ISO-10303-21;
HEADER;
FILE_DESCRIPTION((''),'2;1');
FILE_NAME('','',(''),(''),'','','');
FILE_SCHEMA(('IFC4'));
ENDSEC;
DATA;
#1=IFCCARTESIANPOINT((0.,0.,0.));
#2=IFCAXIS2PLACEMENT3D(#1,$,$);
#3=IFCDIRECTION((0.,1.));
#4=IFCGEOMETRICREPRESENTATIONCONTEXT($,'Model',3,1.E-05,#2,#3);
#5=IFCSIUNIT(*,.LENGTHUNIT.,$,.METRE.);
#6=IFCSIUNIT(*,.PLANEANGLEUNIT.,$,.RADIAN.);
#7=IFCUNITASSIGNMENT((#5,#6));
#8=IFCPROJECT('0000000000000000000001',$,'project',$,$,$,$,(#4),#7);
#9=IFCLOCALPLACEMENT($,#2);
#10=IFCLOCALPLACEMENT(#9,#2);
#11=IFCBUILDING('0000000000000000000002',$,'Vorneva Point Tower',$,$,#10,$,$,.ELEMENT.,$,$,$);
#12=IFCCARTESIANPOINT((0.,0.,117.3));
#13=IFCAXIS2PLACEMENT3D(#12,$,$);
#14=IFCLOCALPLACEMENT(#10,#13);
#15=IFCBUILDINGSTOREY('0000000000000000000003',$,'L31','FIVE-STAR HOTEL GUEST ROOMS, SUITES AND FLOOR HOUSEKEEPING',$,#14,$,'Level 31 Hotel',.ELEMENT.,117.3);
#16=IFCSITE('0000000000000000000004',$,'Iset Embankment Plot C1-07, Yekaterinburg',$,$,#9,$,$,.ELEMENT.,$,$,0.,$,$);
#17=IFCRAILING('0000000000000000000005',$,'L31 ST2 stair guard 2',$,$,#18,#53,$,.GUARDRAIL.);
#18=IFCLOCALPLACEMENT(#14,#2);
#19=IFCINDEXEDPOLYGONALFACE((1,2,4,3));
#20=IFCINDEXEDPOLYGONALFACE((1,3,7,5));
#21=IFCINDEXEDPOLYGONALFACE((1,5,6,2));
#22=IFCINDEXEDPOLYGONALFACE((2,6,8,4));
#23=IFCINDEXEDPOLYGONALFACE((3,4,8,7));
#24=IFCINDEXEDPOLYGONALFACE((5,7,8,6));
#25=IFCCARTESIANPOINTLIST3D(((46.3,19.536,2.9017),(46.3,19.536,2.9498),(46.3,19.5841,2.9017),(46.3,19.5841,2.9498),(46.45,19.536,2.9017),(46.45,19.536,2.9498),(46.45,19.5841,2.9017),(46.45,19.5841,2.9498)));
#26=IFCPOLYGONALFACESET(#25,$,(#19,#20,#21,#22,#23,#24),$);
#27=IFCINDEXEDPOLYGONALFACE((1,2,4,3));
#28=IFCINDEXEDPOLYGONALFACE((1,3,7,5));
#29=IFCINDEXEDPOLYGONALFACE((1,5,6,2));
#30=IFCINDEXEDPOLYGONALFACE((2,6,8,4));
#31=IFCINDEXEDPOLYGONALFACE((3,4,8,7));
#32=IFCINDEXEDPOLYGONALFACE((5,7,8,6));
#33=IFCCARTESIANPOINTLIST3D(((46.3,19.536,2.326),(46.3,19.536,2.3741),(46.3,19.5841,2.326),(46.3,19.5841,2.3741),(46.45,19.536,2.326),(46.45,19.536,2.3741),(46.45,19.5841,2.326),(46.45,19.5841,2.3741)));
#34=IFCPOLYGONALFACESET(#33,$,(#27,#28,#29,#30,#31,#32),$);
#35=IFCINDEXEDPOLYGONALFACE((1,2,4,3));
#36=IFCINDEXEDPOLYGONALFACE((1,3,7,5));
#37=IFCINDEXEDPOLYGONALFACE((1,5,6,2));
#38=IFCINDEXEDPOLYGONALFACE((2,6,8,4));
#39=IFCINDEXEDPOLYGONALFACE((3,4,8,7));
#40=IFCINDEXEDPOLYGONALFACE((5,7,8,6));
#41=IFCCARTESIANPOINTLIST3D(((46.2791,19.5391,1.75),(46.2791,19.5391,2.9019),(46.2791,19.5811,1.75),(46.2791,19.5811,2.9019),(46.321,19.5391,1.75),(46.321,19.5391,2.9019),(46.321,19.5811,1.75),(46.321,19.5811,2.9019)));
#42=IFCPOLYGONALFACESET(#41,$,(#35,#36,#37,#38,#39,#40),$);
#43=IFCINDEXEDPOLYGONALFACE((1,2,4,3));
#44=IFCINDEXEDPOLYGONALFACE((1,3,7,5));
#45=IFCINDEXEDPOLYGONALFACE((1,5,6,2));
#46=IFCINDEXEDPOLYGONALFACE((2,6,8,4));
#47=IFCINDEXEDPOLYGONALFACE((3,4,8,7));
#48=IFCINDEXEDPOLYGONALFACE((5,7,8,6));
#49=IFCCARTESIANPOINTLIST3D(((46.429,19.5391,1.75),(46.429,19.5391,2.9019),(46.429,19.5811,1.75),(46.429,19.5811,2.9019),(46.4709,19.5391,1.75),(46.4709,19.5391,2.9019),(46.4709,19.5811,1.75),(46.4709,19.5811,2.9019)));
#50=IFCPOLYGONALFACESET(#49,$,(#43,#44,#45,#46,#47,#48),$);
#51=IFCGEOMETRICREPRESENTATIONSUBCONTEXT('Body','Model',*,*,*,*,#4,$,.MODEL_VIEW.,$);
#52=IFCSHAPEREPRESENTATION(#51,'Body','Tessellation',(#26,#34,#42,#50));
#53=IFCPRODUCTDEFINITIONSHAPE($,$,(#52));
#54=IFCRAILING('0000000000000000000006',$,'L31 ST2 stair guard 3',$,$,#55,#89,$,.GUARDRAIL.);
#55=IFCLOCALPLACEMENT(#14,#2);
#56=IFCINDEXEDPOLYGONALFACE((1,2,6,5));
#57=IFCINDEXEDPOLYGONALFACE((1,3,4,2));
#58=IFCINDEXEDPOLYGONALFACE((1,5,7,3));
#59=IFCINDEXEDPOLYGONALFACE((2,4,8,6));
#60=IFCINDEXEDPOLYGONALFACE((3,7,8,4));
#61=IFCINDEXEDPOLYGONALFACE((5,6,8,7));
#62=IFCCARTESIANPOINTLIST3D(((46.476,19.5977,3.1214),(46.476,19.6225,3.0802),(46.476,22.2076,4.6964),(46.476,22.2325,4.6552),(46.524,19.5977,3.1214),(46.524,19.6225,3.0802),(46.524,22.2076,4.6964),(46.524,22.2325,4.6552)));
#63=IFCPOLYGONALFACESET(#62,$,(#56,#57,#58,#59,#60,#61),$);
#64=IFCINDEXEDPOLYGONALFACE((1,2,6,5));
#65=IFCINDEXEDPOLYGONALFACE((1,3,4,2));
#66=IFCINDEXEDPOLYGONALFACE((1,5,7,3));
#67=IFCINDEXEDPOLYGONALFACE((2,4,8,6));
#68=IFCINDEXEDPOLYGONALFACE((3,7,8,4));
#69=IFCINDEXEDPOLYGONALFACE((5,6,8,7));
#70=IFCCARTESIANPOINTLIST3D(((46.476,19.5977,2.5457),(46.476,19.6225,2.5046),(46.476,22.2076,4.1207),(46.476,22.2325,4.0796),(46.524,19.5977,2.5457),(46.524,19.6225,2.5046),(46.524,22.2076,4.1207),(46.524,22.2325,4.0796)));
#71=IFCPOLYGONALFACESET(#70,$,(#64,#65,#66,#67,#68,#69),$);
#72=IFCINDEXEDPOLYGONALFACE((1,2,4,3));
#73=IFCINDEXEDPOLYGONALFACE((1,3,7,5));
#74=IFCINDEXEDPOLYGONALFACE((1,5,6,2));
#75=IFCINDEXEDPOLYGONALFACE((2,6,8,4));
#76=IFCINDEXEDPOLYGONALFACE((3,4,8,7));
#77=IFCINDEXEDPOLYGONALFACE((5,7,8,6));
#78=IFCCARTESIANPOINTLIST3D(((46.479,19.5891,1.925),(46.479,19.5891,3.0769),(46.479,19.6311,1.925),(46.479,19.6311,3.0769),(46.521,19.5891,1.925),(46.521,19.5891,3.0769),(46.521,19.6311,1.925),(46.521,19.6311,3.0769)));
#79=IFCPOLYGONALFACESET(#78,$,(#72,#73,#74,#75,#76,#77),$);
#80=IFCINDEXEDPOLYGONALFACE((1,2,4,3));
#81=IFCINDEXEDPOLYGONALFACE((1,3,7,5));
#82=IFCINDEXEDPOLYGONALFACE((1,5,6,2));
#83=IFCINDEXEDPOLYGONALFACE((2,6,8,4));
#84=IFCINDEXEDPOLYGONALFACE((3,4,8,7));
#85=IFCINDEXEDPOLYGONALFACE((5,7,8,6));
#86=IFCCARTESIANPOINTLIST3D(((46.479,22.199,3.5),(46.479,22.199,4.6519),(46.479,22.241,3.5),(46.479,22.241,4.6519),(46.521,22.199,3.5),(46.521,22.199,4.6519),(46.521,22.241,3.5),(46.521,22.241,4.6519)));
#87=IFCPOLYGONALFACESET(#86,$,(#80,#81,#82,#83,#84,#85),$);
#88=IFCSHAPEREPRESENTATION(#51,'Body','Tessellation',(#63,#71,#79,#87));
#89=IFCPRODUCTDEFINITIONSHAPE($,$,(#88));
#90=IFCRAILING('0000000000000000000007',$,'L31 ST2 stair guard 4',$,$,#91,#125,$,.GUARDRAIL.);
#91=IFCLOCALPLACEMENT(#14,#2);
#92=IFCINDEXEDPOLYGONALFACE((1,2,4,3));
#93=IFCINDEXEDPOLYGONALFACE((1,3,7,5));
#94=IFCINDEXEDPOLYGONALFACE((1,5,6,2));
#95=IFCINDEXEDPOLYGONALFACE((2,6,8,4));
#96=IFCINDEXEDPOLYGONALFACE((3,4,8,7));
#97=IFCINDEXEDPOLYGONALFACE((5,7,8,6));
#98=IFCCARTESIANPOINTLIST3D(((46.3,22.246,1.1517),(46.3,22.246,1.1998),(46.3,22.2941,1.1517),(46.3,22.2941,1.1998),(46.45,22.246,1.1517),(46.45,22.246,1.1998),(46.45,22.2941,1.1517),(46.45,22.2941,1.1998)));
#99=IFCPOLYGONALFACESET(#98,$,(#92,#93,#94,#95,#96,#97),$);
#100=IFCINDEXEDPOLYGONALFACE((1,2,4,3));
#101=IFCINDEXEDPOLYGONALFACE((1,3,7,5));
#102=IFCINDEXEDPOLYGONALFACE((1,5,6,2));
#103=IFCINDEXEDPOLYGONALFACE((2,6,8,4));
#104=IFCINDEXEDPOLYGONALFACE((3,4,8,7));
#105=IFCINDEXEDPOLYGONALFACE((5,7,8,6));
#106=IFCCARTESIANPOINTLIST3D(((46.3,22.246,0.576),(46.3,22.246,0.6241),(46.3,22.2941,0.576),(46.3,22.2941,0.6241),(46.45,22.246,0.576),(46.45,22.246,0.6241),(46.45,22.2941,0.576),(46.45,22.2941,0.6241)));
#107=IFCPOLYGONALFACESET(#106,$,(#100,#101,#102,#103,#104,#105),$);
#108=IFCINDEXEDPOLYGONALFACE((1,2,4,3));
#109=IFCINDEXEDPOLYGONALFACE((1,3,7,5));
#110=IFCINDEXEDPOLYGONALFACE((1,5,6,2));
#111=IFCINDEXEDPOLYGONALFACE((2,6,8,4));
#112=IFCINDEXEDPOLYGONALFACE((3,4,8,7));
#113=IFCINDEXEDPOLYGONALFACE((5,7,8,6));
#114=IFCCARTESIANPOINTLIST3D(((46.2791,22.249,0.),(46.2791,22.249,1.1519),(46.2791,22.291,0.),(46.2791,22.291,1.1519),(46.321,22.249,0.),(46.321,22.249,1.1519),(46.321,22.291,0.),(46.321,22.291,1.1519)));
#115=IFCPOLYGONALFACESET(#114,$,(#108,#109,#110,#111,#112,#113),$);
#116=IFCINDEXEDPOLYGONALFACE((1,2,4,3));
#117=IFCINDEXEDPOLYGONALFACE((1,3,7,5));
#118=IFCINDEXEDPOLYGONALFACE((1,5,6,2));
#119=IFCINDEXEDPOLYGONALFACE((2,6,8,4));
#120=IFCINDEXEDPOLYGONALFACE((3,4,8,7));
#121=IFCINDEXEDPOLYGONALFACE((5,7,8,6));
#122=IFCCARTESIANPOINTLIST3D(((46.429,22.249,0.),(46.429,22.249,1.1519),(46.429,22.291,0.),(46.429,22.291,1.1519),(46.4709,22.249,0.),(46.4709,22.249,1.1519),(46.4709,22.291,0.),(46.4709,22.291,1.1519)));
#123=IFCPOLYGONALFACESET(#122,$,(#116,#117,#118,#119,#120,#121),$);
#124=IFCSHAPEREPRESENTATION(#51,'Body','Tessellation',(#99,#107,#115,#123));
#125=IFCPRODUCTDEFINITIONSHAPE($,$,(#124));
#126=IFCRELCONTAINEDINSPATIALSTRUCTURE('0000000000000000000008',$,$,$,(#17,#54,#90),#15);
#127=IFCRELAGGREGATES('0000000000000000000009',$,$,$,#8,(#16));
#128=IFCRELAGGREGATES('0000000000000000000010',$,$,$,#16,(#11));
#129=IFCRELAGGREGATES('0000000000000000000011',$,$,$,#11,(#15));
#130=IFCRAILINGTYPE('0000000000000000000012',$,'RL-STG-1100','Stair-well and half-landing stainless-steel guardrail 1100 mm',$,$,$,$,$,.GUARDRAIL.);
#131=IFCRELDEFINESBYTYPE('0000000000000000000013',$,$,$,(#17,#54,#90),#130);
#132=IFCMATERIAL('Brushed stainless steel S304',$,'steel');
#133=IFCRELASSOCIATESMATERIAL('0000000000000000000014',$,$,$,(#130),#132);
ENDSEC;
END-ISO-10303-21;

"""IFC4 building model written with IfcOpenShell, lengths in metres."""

from ifc_helpers import new_model, si_unit, direction, frame, origin, origin_2d, place, context, subcontext, project, spatial, rectangle, extrude, material, type_object, element, save


model = new_model("IFC4")

# Units and contexts
model_context = context("Model", 3, precision=1e-05, world=origin(), true_north=direction((0.0, 1.0)))
body_context = subcontext(model_context, "Body", "Model", "MODEL_VIEW")
ifc_project = project(units=[si_unit("LENGTHUNIT", "METRE"), si_unit("PLANEANGLEUNIT", "RADIAN")], contexts=[model_context])

# Site, building, storey
site_placement = place(None, origin())
site = spatial("IfcSite", under=ifc_project, at=site_placement, Name="Iset Embankment Plot C1-07, Yekaterinburg", CompositionType="ELEMENT", RefElevation=0.0)
building_placement = place(site_placement, origin())
building = spatial("IfcBuilding", under=site, at=building_placement, Name="Vorneva Point Tower", CompositionType="ELEMENT")
storey_placement = place(building_placement, frame((0.0, 0.0, 117.3)))
storey = spatial("IfcBuildingStorey", under=building, at=storey_placement, Name="L31", Description="FIVE-STAR HOTEL GUEST ROOMS, SUITES AND FLOOR HOUSEKEEPING", LongName="Level 31 Hotel", CompositionType="ELEMENT", Elevation=117.3)

# Railings
ifc_material_1 = material(Name="Brushed stainless steel S304", Category="steel")
railing_type_1 = type_object("IfcRailingType", Name="RL-STG-1100", Description="Stair-well and half-landing stainless-steel guardrail 1100 mm", PredefinedType="GUARDRAIL", material=ifc_material_1)
railing_1_placement = place(storey_placement, frame((46.3, 19.5601, 1.75)))
element("IfcRailing", 1, at=railing_1_placement, inside=storey, type_object=railing_type_1, Name="L31 ST2 stair guard 2", PredefinedType="GUARDRAIL", context=body_context, shape_type="SweptSolid", body=[
    extrude(rectangle(XDim=0.0481, YDim=0.0481, at=origin_2d()), frame((0.0, 0.0, 1.1758), z_axis=(1.0, 0.0, 0.0), x_axis=(0.0, 1.0, 0.0)), (0.0, 0.0, 1.0), 0.1499),
    extrude(rectangle(XDim=0.0481, YDim=0.0481, at=origin_2d()), frame((0.0, 0.0, 0.6001), z_axis=(1.0, 0.0, 0.0), x_axis=(0.0, 1.0, 0.0)), (0.0, 0.0, 1.0), 0.1499),
    extrude(rectangle(XDim=0.042, YDim=0.042, at=origin_2d()), origin(), (0.0, 0.0, 1.0), 1.1519),
    extrude(rectangle(XDim=0.042, YDim=0.042, at=origin_2d()), frame((0.1499, 0.0, 0.0)), (0.0, 0.0, 1.0), 1.1519),
])
railing_2_placement = place(storey_placement, frame((46.5, 19.6101, 1.925)))
element("IfcRailing", 2, at=railing_2_placement, inside=storey, type_object=railing_type_1, Name="L31 ST2 stair guard 3", PredefinedType="GUARDRAIL", context=body_context, shape_type="SweptSolid", body=[
    extrude(rectangle(XDim=0.0481, YDim=0.0481, at=origin_2d()), frame((0.0, 0.0, 1.1758), z_axis=(0.0, 0.856183, 0.516673), x_axis=(-1.0, 0.0, 0.0)), (0.0, 0.0, 1.0), 3.0483),
    extrude(rectangle(XDim=0.0481, YDim=0.0481, at=origin_2d()), frame((0.0, 0.0, 0.6001), z_axis=(0.0, 0.856183, 0.516673), x_axis=(-1.0, 0.0, 0.0)), (0.0, 0.0, 1.0), 3.0483),
    extrude(rectangle(XDim=0.042, YDim=0.042, at=origin_2d()), origin(), (0.0, 0.0, 1.0), 1.1519),
    extrude(rectangle(XDim=0.042, YDim=0.042, at=origin_2d()), frame((0.0, 2.6099, 1.575)), (0.0, 0.0, 1.0), 1.1519),
])
railing_3_placement = place(storey_placement, frame((46.3, 22.27, 0.0)))
element("IfcRailing", 3, at=railing_3_placement, inside=storey, type_object=railing_type_1, Name="L31 ST2 stair guard 4", PredefinedType="GUARDRAIL", context=body_context, shape_type="SweptSolid", body=[
    extrude(rectangle(XDim=0.0481, YDim=0.0481, at=origin_2d()), frame((0.0, 0.0, 1.1758), z_axis=(1.0, 0.0, 0.0), x_axis=(0.0, 1.0, 0.0)), (0.0, 0.0, 1.0), 0.1499),
    extrude(rectangle(XDim=0.0481, YDim=0.0481, at=origin_2d()), frame((0.0, 0.0, 0.6001), z_axis=(1.0, 0.0, 0.0), x_axis=(0.0, 1.0, 0.0)), (0.0, 0.0, 1.0), 0.1499),
    extrude(rectangle(XDim=0.042, YDim=0.042, at=origin_2d()), origin(), (0.0, 0.0, 1.0), 1.1519),
    extrude(rectangle(XDim=0.042, YDim=0.042, at=origin_2d()), frame((0.1499, 0.0, 0.0)), (0.0, 0.0, 1.0), 1.1519),
])

save(model, "model.ifc")
